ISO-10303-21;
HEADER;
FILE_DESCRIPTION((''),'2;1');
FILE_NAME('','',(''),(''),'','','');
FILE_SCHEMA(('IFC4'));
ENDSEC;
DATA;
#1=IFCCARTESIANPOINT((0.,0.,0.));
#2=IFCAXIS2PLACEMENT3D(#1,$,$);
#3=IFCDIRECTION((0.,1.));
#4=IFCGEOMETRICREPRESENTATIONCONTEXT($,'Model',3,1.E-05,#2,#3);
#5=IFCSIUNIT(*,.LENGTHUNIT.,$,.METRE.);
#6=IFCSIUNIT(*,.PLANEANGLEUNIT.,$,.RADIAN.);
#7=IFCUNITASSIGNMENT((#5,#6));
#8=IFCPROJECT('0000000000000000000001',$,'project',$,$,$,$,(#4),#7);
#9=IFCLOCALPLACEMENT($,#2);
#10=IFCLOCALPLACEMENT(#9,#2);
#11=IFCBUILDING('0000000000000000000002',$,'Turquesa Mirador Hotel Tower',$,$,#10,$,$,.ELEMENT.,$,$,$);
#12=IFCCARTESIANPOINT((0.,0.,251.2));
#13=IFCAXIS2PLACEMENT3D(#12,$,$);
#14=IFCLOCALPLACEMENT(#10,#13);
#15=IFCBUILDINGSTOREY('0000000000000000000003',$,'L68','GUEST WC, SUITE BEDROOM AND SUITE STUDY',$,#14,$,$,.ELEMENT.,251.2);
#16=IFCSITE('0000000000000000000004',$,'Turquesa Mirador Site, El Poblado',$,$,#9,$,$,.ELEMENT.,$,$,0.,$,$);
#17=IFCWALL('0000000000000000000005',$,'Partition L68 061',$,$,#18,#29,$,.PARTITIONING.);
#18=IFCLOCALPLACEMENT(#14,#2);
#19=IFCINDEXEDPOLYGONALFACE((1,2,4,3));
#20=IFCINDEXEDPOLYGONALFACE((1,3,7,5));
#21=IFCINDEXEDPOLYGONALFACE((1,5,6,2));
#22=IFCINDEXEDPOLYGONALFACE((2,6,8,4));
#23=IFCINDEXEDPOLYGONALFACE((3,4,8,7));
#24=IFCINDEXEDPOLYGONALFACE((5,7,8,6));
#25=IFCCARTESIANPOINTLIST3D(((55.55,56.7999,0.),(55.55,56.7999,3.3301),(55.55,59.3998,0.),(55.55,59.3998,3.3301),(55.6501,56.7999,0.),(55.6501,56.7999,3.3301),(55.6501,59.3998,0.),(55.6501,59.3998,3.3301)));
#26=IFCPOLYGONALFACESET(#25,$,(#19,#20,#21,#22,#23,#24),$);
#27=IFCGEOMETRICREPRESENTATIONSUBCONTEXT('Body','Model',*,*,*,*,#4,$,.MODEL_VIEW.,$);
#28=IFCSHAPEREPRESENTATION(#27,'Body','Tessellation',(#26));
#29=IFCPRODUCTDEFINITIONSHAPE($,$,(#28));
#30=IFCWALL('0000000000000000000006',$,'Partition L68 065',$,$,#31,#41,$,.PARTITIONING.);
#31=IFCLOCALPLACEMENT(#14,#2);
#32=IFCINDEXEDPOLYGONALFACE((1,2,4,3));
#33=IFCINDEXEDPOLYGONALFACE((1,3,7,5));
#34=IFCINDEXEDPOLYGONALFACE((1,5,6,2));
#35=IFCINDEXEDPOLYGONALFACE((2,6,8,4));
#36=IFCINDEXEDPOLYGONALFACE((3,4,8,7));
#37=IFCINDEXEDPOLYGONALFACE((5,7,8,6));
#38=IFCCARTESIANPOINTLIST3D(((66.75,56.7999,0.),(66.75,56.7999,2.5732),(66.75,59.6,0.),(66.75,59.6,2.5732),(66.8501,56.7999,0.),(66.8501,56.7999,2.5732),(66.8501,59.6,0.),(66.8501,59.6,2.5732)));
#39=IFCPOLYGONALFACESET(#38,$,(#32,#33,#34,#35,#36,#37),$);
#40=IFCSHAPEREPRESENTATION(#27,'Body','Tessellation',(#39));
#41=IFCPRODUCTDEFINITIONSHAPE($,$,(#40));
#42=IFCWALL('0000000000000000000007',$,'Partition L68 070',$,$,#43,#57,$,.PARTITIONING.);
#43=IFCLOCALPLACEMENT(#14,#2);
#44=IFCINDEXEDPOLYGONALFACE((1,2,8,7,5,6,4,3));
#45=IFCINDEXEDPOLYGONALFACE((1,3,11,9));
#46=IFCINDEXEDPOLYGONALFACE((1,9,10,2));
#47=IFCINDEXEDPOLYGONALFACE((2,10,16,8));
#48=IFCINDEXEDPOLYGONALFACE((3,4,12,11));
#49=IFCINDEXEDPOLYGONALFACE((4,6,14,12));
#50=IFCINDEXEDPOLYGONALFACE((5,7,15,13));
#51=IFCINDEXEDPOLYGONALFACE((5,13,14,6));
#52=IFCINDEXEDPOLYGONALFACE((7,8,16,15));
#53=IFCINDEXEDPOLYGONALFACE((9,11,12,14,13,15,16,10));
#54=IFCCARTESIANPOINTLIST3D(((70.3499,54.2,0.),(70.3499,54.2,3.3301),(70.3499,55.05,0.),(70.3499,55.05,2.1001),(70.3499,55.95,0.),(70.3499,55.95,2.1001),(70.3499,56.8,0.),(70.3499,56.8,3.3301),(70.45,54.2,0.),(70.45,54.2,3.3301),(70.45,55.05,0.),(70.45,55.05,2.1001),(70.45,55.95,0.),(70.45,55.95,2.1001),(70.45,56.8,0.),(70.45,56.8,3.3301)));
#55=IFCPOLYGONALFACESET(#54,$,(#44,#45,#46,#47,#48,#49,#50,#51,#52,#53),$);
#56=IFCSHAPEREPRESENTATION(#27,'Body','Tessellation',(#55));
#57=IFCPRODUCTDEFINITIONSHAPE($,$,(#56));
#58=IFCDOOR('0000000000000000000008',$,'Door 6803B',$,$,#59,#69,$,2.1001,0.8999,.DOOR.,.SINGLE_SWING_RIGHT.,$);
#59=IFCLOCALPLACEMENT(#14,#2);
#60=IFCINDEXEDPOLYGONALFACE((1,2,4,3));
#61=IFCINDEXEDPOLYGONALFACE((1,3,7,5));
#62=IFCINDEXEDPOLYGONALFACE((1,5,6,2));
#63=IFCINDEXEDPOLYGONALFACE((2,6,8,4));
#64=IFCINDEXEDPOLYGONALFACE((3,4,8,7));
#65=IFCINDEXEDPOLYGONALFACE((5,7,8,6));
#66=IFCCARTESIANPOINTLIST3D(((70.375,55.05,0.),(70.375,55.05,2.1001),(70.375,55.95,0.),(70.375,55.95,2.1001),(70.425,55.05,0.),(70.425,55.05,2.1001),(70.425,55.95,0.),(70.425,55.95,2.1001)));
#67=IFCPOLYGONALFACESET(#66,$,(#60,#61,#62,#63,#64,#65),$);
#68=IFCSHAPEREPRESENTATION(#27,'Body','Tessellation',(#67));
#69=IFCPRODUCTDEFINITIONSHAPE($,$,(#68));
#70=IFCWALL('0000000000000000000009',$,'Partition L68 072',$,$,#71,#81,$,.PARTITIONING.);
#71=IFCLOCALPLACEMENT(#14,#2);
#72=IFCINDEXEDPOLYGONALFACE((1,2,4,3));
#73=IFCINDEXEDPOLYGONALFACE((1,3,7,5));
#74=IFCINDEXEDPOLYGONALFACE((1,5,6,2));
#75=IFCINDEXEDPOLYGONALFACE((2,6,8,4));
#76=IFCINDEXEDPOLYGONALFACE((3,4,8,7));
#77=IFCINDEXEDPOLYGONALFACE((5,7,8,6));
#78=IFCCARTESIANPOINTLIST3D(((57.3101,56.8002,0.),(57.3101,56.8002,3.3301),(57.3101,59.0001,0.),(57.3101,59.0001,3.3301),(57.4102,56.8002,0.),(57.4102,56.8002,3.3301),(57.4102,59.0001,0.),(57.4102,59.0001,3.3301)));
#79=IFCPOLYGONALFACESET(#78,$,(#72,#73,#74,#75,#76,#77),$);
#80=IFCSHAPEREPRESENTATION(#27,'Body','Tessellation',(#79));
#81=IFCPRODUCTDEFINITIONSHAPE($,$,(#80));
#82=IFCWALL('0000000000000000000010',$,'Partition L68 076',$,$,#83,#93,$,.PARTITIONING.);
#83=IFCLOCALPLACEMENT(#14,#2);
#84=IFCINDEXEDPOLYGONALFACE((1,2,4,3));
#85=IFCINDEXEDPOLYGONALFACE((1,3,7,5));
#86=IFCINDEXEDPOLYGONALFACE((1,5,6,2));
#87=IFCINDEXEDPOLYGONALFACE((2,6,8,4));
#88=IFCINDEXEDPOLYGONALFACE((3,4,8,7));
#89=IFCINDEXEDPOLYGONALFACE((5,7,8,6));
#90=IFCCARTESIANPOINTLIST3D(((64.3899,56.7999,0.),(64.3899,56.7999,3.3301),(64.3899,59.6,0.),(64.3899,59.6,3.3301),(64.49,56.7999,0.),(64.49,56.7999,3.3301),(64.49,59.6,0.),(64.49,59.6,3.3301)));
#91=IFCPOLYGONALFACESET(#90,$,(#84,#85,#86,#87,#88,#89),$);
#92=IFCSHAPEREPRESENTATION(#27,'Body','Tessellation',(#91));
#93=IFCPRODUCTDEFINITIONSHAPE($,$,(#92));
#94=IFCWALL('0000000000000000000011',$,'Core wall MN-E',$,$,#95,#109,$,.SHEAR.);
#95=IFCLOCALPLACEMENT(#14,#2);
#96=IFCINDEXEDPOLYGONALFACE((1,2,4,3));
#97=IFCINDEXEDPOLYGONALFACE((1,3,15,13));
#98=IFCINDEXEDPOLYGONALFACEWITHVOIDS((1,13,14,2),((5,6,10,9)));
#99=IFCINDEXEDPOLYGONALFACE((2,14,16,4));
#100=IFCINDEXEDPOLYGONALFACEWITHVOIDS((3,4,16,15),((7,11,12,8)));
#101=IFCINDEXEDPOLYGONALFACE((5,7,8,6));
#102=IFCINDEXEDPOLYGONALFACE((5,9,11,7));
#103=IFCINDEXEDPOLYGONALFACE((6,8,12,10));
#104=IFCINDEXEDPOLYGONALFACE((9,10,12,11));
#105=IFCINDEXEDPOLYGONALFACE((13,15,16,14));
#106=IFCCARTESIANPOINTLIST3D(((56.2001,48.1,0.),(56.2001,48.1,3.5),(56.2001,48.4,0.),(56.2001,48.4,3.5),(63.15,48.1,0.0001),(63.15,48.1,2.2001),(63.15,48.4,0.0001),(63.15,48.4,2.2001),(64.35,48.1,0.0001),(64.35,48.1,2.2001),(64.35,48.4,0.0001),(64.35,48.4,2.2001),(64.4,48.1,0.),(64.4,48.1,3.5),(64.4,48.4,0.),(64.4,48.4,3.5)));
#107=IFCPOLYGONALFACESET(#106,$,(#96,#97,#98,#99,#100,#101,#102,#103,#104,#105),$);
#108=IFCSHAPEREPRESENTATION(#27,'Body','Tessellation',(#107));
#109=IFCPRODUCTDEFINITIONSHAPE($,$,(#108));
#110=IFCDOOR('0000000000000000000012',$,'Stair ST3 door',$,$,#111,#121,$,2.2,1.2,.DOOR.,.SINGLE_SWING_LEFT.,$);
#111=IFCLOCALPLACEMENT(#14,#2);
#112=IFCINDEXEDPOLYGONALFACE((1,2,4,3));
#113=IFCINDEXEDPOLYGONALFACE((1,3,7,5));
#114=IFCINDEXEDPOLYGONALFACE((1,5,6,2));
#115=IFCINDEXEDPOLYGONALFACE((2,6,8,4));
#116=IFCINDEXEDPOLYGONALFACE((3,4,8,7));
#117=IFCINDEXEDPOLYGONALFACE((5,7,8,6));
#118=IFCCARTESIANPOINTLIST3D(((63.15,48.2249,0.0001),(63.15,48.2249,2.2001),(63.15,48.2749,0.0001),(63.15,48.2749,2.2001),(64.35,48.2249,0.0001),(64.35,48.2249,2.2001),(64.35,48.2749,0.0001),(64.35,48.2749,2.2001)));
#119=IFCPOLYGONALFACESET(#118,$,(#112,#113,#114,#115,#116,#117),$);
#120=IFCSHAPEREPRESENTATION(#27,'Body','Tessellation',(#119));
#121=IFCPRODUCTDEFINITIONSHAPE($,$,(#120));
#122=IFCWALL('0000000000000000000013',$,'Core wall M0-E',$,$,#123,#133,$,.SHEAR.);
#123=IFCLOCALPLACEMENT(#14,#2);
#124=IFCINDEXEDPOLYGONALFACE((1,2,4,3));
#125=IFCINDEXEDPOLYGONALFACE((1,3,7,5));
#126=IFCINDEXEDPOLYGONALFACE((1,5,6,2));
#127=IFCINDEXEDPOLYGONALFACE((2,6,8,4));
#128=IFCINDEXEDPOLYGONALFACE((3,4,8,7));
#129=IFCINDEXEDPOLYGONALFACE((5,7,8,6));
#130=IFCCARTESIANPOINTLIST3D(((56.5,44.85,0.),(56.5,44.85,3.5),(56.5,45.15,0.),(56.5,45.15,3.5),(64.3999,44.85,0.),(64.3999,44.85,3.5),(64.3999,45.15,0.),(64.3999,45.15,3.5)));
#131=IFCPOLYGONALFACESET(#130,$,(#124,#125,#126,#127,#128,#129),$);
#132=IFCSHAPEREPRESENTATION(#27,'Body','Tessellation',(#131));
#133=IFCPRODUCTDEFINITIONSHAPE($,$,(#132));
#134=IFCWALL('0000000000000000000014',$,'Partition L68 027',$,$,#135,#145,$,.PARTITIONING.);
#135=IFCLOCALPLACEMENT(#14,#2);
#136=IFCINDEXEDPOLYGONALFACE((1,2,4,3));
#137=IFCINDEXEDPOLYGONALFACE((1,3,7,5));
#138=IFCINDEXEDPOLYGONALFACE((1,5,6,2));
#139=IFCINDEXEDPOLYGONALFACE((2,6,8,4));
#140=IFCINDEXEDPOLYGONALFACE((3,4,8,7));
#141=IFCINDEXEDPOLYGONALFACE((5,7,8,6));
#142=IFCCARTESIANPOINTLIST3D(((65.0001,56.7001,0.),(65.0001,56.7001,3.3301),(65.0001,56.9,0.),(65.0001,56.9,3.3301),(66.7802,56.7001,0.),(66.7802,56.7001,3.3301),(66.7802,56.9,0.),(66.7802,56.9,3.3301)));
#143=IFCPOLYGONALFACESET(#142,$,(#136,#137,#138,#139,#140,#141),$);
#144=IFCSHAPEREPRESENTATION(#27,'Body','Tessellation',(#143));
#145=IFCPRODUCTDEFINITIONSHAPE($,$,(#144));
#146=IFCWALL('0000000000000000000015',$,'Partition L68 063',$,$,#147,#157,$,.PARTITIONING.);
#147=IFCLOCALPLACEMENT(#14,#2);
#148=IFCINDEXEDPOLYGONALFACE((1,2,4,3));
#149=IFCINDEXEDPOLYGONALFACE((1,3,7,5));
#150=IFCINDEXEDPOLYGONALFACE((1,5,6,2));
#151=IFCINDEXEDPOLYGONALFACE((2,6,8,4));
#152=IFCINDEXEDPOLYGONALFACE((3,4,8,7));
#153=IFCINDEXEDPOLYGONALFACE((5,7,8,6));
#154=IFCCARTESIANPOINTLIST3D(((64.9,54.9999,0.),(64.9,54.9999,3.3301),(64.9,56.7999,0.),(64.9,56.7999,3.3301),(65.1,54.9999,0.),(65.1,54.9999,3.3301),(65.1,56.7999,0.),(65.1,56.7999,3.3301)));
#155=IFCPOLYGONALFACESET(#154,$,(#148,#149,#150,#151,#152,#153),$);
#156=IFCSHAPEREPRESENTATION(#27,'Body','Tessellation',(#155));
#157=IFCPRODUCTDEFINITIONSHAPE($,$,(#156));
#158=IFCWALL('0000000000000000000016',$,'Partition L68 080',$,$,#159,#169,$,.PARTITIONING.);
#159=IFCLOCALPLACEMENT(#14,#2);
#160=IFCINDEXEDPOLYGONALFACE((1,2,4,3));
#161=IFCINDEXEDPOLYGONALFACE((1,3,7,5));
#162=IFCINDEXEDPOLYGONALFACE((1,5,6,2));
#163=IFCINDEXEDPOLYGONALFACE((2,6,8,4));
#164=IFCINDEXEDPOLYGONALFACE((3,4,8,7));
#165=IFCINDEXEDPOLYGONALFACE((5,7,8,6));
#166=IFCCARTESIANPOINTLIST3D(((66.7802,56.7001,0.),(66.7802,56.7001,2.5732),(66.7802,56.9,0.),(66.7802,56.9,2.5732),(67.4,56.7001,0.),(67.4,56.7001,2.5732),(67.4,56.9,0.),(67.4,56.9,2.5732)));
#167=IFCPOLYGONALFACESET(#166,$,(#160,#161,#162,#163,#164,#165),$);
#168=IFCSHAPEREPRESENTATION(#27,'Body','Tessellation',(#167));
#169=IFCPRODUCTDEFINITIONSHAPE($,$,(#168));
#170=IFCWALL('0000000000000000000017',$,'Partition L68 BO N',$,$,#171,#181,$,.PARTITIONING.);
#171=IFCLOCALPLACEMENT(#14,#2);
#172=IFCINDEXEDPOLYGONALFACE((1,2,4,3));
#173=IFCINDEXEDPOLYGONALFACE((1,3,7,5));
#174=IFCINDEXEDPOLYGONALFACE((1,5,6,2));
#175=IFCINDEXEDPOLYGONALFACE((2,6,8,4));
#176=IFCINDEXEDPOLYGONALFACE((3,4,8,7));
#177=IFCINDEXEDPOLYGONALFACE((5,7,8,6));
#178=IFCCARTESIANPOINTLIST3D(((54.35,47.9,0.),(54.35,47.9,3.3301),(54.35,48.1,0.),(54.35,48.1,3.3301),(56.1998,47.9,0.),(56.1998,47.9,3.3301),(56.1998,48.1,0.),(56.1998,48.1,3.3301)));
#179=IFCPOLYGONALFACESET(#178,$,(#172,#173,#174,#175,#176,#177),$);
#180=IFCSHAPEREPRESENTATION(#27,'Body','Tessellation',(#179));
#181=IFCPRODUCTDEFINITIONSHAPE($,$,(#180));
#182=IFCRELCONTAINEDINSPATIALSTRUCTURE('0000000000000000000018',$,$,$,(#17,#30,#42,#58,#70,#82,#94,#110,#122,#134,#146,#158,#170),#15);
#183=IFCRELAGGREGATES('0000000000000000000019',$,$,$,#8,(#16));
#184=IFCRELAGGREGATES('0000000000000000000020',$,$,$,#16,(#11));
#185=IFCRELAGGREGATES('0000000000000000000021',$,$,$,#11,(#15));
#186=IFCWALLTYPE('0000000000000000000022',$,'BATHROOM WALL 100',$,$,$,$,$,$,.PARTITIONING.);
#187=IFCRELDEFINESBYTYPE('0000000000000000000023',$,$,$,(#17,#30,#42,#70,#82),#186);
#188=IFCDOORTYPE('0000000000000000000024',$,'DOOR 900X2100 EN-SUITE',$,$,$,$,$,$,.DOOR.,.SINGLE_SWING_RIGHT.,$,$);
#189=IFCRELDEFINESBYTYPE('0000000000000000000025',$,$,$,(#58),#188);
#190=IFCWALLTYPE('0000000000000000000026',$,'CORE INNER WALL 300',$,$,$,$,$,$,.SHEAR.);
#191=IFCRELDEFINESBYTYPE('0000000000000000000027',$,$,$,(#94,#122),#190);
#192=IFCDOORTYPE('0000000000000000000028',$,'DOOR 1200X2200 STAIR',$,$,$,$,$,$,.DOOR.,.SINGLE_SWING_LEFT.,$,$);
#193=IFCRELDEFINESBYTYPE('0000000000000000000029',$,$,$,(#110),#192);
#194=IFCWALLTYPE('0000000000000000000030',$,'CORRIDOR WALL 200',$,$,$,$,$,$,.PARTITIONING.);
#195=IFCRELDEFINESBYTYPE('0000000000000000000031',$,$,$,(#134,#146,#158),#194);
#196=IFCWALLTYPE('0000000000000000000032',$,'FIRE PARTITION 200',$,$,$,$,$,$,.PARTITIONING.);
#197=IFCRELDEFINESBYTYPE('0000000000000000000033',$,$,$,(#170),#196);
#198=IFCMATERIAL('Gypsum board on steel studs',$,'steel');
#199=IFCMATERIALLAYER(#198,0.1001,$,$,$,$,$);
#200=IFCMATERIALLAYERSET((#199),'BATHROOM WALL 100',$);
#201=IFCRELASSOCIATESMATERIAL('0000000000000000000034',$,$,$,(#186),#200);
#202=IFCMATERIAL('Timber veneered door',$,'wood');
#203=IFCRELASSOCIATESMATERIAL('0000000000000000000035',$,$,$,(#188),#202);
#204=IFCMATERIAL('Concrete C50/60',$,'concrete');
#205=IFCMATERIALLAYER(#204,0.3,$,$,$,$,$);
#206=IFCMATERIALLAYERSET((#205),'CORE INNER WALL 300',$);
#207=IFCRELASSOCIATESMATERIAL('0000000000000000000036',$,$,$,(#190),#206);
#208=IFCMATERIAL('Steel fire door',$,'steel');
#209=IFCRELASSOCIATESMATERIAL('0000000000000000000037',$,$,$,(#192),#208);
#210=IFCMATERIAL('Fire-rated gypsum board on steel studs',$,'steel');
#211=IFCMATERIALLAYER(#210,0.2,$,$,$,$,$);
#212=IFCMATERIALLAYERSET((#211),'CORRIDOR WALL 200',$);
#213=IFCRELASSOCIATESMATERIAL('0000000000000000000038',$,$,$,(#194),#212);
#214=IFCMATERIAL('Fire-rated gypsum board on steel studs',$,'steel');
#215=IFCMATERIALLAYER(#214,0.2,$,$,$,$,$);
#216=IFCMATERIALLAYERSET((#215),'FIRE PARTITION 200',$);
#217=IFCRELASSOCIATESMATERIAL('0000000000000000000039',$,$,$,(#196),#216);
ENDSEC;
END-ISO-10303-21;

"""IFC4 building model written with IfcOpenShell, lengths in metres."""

from ifc_helpers import new_model, si_unit, direction, frame, frame_2d, origin, place, context, subcontext, project, spatial, rectangle, extrude, material, layer, layer_set, type_object, element, fill, save


model = new_model("IFC4")

# Units and contexts
model_context = context("Model", 3, precision=1e-05, world=origin(), true_north=direction((0.0, 1.0)))
body_context = subcontext(model_context, "Body", "Model", "MODEL_VIEW")
ifc_project = project(units=[si_unit("LENGTHUNIT", "METRE"), si_unit("PLANEANGLEUNIT", "RADIAN")], contexts=[model_context])

# Site, building, storey
site_placement = place(None, origin())
site = spatial("IfcSite", under=ifc_project, at=site_placement, Name="Turquesa Mirador Site, El Poblado", CompositionType="ELEMENT", RefElevation=0.0)
building_placement = place(site_placement, origin())
building = spatial("IfcBuilding", under=site, at=building_placement, Name="Turquesa Mirador Hotel Tower", CompositionType="ELEMENT")
storey_placement = place(building_placement, frame((0.0, 0.0, 251.2)))
storey = spatial("IfcBuildingStorey", under=building, at=storey_placement, Name="L68", Description="GUEST WC, SUITE BEDROOM AND SUITE STUDY", CompositionType="ELEMENT", Elevation=251.2)

# Walls
ifc_material_1 = material(Name="Gypsum board on steel studs", Category="steel")
ifc_layer_1 = layer(ifc_material_1, 0.1001)
ifc_layer_set_1 = layer_set([ifc_layer_1], Name="BATHROOM WALL 100")
wall_type_1 = type_object("IfcWallType", Name="BATHROOM WALL 100", PredefinedType="PARTITIONING", material=ifc_layer_set_1)
wall_1_placement = place(storey_placement, frame((55.6001, 56.8, 0.0), z_axis=(0.0, 0.0, 1.0), x_axis=(0.0, 1.0, 0.0)))
element("IfcWall", 1, at=wall_1_placement, inside=storey, type_object=wall_type_1, Name="Partition L68 061", PredefinedType="PARTITIONING", context=body_context, shape_type="SweptSolid", body=[
    extrude(rectangle(XDim=2.5999, YDim=0.1001, at=frame_2d((1.2998, 0.0))), origin(), (0.0, 0.0, 1.0), 3.3301),
])
wall_2_placement = place(storey_placement, frame((66.8, 56.8, 0.0), z_axis=(0.0, 0.0, 1.0), x_axis=(0.0, 1.0, 0.0)))
element("IfcWall", 2, at=wall_2_placement, inside=storey, type_object=wall_type_1, Name="Partition L68 065", PredefinedType="PARTITIONING", context=body_context, shape_type="SweptSolid", body=[
    extrude(rectangle(XDim=2.8, YDim=0.1001, at=frame_2d((1.3999, 0.0))), origin(), (0.0, 0.0, 1.0), 2.5732),
])

# Wall, opening, door
wall_3_placement = place(storey_placement, frame((70.3999, 54.2, 0.0), z_axis=(0.0, 0.0, 1.0), x_axis=(0.0, 1.0, 0.0)))
wall_3 = element("IfcWall", 3, at=wall_3_placement, inside=storey, type_object=wall_type_1, Name="Partition L68 070", PredefinedType="PARTITIONING", context=body_context, shape_type="SweptSolid", body=[
    extrude(rectangle(XDim=2.6001, YDim=0.1001, at=frame_2d((1.3, 0.0))), origin(), (0.0, 0.0, 1.0), 3.3301),
])
opening_1_placement = place(wall_3_placement, frame((0.8501, 0.0, 0.0)))
opening_1 = element("IfcOpeningElement", 4, at=opening_1_placement, cuts=wall_3, PredefinedType="OPENING", context=body_context, shape_type="SweptSolid", body=[
    extrude(rectangle(XDim=0.8999, YDim=2.1001, at=frame_2d((0.45, 1.05))), frame((0.0, 0.0601, 0.0), z_axis=(0.0, -1.0, 0.0), x_axis=(1.0, 0.0, 0.0)), (0.0, 0.0, 1.0), 0.1201),
])
ifc_material_2 = material(Name="Timber veneered door", Category="wood")
door_type_1 = type_object("IfcDoorType", Name="DOOR 900X2100 EN-SUITE", OperationType="SINGLE_SWING_RIGHT", PredefinedType="DOOR", material=ifc_material_2)
door_1_placement = place(opening_1_placement, origin())
door_1 = element("IfcDoor", 5, at=door_1_placement, inside=storey, type_object=door_type_1, Name="Door 6803B", OperationType="SINGLE_SWING_RIGHT", OverallHeight=2.1001, OverallWidth=0.8999, PredefinedType="DOOR", context=body_context, shape_type="SweptSolid", body=[
    extrude(rectangle(XDim=0.8999, YDim=2.1001, at=frame_2d((0.45, 1.05))), frame((0.0, 0.0249, 0.0), z_axis=(0.0, -1.0, 0.0), x_axis=(1.0, 0.0, 0.0)), (0.0, 0.0, 1.0), 0.05),
])
fill(opening_1, door_1)

# Walls
wall_4_placement = place(storey_placement, frame((57.3601, 56.8, 0.0), z_axis=(0.0, 0.0, 1.0), x_axis=(0.0, 1.0, 0.0)))
element("IfcWall", 6, at=wall_4_placement, inside=storey, type_object=wall_type_1, Name="Partition L68 072", PredefinedType="PARTITIONING", context=body_context, shape_type="SweptSolid", body=[
    extrude(rectangle(XDim=2.2, YDim=0.1001, at=frame_2d((1.1001, 0.0))), origin(), (0.0, 0.0, 1.0), 3.3301),
])
wall_5_placement = place(storey_placement, frame((64.4399, 56.8, 0.0), z_axis=(0.0, 0.0, 1.0), x_axis=(0.0, 1.0, 0.0)))
element("IfcWall", 7, at=wall_5_placement, inside=storey, type_object=wall_type_1, Name="Partition L68 076", PredefinedType="PARTITIONING", context=body_context, shape_type="SweptSolid", body=[
    extrude(rectangle(XDim=2.8, YDim=0.1001, at=frame_2d((1.3999, 0.0))), origin(), (0.0, 0.0, 1.0), 3.3301),
])

# Wall, opening, door
ifc_material_3 = material(Name="Concrete C50/60", Category="concrete")
ifc_layer_2 = layer(ifc_material_3, 0.3)
ifc_layer_set_2 = layer_set([ifc_layer_2], Name="CORE INNER WALL 300")
wall_type_2 = type_object("IfcWallType", Name="CORE INNER WALL 300", PredefinedType="SHEAR", material=ifc_layer_set_2)
wall_6_placement = place(storey_placement, frame((56.2, 48.25, 0.0), z_axis=(0.0, 0.0, 1.0), x_axis=(1.0, 0.0, 0.0)))
wall_6 = element("IfcWall", 8, at=wall_6_placement, inside=storey, type_object=wall_type_2, Name="Core wall MN-E", PredefinedType="SHEAR", context=body_context, shape_type="SweptSolid", body=[
    extrude(rectangle(XDim=8.2, YDim=0.3, at=frame_2d((4.1001, 0.0))), origin(), (0.0, 0.0, 1.0), 3.5),
])
opening_2_placement = place(wall_6_placement, frame((6.95, 0.0, 0.0)))
opening_2 = element("IfcOpeningElement", 9, at=opening_2_placement, cuts=wall_6, PredefinedType="OPENING", context=body_context, shape_type="SweptSolid", body=[
    extrude(rectangle(XDim=1.2, YDim=2.2, at=frame_2d((0.6001, 1.1001))), frame((0.0, 0.1599, 0.0), z_axis=(0.0, -1.0, 0.0), x_axis=(1.0, 0.0, 0.0)), (0.0, 0.0, 1.0), 0.3201),
])
ifc_material_4 = material(Name="Steel fire door", Category="steel")
door_type_2 = type_object("IfcDoorType", Name="DOOR 1200X2200 STAIR", OperationType="SINGLE_SWING_LEFT", PredefinedType="DOOR", material=ifc_material_4)
door_2_placement = place(opening_2_placement, origin())
door_2 = element("IfcDoor", 10, at=door_2_placement, inside=storey, type_object=door_type_2, Name="Stair ST3 door", OperationType="SINGLE_SWING_LEFT", OverallHeight=2.2, OverallWidth=1.2, PredefinedType="DOOR", context=body_context, shape_type="SweptSolid", body=[
    extrude(rectangle(XDim=1.2, YDim=2.2, at=frame_2d((0.6001, 1.1001))), frame((0.0, 0.0249, 0.0), z_axis=(0.0, -1.0, 0.0), x_axis=(1.0, 0.0, 0.0)), (0.0, 0.0, 1.0), 0.05),
])
fill(opening_2, door_2)

# Walls
wall_7_placement = place(storey_placement, frame((56.5, 45.0, 0.0), z_axis=(0.0, 0.0, 1.0), x_axis=(1.0, 0.0, 0.0)))
element("IfcWall", 11, at=wall_7_placement, inside=storey, type_object=wall_type_2, Name="Core wall M0-E", PredefinedType="SHEAR", context=body_context, shape_type="SweptSolid", body=[
    extrude(rectangle(XDim=7.8999, YDim=0.3, at=frame_2d((3.95, 0.0))), origin(), (0.0, 0.0, 1.0), 3.5),
])
ifc_material_5 = material(Name="Fire-rated gypsum board on steel studs", Category="steel")
ifc_layer_3 = layer(ifc_material_5, 0.2)
ifc_layer_set_3 = layer_set([ifc_layer_3], Name="CORRIDOR WALL 200")
wall_type_3 = type_object("IfcWallType", Name="CORRIDOR WALL 200", PredefinedType="PARTITIONING", material=ifc_layer_set_3)
wall_8_placement = place(storey_placement, frame((65.0, 56.8, 0.0), z_axis=(0.0, 0.0, 1.0), x_axis=(1.0, 0.0, 0.0)))
element("IfcWall", 12, at=wall_8_placement, inside=storey, type_object=wall_type_3, Name="Partition L68 027", PredefinedType="PARTITIONING", context=body_context, shape_type="SweptSolid", body=[
    extrude(rectangle(XDim=1.78, YDim=0.2, at=frame_2d((0.8901, 0.0))), origin(), (0.0, 0.0, 1.0), 3.3301),
])
wall_9_placement = place(storey_placement, frame((65.0, 55.0, 0.0), z_axis=(0.0, 0.0, 1.0), x_axis=(0.0, 1.0, 0.0)))
element("IfcWall", 13, at=wall_9_placement, inside=storey, type_object=wall_type_3, Name="Partition L68 063", PredefinedType="PARTITIONING", context=body_context, shape_type="SweptSolid", body=[
    extrude(rectangle(XDim=1.8, YDim=0.2, at=frame_2d((0.8999, 0.0))), origin(), (0.0, 0.0, 1.0), 3.3301),
])
wall_10_placement = place(storey_placement, frame((66.78, 56.8, 0.0), z_axis=(0.0, 0.0, 1.0), x_axis=(1.0, 0.0, 0.0)))
element("IfcWall", 14, at=wall_10_placement, inside=storey, type_object=wall_type_3, Name="Partition L68 080", PredefinedType="PARTITIONING", context=body_context, shape_type="SweptSolid", body=[
    extrude(rectangle(XDim=0.6199, YDim=0.2, at=frame_2d((0.3101, 0.0))), origin(), (0.0, 0.0, 1.0), 2.5732),
])
ifc_material_6 = material(Name="Fire-rated gypsum board on steel studs", Category="steel")
ifc_layer_4 = layer(ifc_material_6, 0.2)
ifc_layer_set_4 = layer_set([ifc_layer_4], Name="FIRE PARTITION 200")
wall_type_4 = type_object("IfcWallType", Name="FIRE PARTITION 200", PredefinedType="PARTITIONING", material=ifc_layer_set_4)
wall_11_placement = place(storey_placement, frame((54.3501, 48.0, 0.0), z_axis=(0.0, 0.0, 1.0), x_axis=(1.0, 0.0, 0.0)))
element("IfcWall", 15, at=wall_11_placement, inside=storey, type_object=wall_type_4, Name="Partition L68 BO N", PredefinedType="PARTITIONING", context=body_context, shape_type="SweptSolid", body=[
    extrude(rectangle(XDim=1.8499, YDim=0.2, at=frame_2d((0.9248, 0.0))), origin(), (0.0, 0.0, 1.0), 3.3301),
])

save(model, "model.ifc")
